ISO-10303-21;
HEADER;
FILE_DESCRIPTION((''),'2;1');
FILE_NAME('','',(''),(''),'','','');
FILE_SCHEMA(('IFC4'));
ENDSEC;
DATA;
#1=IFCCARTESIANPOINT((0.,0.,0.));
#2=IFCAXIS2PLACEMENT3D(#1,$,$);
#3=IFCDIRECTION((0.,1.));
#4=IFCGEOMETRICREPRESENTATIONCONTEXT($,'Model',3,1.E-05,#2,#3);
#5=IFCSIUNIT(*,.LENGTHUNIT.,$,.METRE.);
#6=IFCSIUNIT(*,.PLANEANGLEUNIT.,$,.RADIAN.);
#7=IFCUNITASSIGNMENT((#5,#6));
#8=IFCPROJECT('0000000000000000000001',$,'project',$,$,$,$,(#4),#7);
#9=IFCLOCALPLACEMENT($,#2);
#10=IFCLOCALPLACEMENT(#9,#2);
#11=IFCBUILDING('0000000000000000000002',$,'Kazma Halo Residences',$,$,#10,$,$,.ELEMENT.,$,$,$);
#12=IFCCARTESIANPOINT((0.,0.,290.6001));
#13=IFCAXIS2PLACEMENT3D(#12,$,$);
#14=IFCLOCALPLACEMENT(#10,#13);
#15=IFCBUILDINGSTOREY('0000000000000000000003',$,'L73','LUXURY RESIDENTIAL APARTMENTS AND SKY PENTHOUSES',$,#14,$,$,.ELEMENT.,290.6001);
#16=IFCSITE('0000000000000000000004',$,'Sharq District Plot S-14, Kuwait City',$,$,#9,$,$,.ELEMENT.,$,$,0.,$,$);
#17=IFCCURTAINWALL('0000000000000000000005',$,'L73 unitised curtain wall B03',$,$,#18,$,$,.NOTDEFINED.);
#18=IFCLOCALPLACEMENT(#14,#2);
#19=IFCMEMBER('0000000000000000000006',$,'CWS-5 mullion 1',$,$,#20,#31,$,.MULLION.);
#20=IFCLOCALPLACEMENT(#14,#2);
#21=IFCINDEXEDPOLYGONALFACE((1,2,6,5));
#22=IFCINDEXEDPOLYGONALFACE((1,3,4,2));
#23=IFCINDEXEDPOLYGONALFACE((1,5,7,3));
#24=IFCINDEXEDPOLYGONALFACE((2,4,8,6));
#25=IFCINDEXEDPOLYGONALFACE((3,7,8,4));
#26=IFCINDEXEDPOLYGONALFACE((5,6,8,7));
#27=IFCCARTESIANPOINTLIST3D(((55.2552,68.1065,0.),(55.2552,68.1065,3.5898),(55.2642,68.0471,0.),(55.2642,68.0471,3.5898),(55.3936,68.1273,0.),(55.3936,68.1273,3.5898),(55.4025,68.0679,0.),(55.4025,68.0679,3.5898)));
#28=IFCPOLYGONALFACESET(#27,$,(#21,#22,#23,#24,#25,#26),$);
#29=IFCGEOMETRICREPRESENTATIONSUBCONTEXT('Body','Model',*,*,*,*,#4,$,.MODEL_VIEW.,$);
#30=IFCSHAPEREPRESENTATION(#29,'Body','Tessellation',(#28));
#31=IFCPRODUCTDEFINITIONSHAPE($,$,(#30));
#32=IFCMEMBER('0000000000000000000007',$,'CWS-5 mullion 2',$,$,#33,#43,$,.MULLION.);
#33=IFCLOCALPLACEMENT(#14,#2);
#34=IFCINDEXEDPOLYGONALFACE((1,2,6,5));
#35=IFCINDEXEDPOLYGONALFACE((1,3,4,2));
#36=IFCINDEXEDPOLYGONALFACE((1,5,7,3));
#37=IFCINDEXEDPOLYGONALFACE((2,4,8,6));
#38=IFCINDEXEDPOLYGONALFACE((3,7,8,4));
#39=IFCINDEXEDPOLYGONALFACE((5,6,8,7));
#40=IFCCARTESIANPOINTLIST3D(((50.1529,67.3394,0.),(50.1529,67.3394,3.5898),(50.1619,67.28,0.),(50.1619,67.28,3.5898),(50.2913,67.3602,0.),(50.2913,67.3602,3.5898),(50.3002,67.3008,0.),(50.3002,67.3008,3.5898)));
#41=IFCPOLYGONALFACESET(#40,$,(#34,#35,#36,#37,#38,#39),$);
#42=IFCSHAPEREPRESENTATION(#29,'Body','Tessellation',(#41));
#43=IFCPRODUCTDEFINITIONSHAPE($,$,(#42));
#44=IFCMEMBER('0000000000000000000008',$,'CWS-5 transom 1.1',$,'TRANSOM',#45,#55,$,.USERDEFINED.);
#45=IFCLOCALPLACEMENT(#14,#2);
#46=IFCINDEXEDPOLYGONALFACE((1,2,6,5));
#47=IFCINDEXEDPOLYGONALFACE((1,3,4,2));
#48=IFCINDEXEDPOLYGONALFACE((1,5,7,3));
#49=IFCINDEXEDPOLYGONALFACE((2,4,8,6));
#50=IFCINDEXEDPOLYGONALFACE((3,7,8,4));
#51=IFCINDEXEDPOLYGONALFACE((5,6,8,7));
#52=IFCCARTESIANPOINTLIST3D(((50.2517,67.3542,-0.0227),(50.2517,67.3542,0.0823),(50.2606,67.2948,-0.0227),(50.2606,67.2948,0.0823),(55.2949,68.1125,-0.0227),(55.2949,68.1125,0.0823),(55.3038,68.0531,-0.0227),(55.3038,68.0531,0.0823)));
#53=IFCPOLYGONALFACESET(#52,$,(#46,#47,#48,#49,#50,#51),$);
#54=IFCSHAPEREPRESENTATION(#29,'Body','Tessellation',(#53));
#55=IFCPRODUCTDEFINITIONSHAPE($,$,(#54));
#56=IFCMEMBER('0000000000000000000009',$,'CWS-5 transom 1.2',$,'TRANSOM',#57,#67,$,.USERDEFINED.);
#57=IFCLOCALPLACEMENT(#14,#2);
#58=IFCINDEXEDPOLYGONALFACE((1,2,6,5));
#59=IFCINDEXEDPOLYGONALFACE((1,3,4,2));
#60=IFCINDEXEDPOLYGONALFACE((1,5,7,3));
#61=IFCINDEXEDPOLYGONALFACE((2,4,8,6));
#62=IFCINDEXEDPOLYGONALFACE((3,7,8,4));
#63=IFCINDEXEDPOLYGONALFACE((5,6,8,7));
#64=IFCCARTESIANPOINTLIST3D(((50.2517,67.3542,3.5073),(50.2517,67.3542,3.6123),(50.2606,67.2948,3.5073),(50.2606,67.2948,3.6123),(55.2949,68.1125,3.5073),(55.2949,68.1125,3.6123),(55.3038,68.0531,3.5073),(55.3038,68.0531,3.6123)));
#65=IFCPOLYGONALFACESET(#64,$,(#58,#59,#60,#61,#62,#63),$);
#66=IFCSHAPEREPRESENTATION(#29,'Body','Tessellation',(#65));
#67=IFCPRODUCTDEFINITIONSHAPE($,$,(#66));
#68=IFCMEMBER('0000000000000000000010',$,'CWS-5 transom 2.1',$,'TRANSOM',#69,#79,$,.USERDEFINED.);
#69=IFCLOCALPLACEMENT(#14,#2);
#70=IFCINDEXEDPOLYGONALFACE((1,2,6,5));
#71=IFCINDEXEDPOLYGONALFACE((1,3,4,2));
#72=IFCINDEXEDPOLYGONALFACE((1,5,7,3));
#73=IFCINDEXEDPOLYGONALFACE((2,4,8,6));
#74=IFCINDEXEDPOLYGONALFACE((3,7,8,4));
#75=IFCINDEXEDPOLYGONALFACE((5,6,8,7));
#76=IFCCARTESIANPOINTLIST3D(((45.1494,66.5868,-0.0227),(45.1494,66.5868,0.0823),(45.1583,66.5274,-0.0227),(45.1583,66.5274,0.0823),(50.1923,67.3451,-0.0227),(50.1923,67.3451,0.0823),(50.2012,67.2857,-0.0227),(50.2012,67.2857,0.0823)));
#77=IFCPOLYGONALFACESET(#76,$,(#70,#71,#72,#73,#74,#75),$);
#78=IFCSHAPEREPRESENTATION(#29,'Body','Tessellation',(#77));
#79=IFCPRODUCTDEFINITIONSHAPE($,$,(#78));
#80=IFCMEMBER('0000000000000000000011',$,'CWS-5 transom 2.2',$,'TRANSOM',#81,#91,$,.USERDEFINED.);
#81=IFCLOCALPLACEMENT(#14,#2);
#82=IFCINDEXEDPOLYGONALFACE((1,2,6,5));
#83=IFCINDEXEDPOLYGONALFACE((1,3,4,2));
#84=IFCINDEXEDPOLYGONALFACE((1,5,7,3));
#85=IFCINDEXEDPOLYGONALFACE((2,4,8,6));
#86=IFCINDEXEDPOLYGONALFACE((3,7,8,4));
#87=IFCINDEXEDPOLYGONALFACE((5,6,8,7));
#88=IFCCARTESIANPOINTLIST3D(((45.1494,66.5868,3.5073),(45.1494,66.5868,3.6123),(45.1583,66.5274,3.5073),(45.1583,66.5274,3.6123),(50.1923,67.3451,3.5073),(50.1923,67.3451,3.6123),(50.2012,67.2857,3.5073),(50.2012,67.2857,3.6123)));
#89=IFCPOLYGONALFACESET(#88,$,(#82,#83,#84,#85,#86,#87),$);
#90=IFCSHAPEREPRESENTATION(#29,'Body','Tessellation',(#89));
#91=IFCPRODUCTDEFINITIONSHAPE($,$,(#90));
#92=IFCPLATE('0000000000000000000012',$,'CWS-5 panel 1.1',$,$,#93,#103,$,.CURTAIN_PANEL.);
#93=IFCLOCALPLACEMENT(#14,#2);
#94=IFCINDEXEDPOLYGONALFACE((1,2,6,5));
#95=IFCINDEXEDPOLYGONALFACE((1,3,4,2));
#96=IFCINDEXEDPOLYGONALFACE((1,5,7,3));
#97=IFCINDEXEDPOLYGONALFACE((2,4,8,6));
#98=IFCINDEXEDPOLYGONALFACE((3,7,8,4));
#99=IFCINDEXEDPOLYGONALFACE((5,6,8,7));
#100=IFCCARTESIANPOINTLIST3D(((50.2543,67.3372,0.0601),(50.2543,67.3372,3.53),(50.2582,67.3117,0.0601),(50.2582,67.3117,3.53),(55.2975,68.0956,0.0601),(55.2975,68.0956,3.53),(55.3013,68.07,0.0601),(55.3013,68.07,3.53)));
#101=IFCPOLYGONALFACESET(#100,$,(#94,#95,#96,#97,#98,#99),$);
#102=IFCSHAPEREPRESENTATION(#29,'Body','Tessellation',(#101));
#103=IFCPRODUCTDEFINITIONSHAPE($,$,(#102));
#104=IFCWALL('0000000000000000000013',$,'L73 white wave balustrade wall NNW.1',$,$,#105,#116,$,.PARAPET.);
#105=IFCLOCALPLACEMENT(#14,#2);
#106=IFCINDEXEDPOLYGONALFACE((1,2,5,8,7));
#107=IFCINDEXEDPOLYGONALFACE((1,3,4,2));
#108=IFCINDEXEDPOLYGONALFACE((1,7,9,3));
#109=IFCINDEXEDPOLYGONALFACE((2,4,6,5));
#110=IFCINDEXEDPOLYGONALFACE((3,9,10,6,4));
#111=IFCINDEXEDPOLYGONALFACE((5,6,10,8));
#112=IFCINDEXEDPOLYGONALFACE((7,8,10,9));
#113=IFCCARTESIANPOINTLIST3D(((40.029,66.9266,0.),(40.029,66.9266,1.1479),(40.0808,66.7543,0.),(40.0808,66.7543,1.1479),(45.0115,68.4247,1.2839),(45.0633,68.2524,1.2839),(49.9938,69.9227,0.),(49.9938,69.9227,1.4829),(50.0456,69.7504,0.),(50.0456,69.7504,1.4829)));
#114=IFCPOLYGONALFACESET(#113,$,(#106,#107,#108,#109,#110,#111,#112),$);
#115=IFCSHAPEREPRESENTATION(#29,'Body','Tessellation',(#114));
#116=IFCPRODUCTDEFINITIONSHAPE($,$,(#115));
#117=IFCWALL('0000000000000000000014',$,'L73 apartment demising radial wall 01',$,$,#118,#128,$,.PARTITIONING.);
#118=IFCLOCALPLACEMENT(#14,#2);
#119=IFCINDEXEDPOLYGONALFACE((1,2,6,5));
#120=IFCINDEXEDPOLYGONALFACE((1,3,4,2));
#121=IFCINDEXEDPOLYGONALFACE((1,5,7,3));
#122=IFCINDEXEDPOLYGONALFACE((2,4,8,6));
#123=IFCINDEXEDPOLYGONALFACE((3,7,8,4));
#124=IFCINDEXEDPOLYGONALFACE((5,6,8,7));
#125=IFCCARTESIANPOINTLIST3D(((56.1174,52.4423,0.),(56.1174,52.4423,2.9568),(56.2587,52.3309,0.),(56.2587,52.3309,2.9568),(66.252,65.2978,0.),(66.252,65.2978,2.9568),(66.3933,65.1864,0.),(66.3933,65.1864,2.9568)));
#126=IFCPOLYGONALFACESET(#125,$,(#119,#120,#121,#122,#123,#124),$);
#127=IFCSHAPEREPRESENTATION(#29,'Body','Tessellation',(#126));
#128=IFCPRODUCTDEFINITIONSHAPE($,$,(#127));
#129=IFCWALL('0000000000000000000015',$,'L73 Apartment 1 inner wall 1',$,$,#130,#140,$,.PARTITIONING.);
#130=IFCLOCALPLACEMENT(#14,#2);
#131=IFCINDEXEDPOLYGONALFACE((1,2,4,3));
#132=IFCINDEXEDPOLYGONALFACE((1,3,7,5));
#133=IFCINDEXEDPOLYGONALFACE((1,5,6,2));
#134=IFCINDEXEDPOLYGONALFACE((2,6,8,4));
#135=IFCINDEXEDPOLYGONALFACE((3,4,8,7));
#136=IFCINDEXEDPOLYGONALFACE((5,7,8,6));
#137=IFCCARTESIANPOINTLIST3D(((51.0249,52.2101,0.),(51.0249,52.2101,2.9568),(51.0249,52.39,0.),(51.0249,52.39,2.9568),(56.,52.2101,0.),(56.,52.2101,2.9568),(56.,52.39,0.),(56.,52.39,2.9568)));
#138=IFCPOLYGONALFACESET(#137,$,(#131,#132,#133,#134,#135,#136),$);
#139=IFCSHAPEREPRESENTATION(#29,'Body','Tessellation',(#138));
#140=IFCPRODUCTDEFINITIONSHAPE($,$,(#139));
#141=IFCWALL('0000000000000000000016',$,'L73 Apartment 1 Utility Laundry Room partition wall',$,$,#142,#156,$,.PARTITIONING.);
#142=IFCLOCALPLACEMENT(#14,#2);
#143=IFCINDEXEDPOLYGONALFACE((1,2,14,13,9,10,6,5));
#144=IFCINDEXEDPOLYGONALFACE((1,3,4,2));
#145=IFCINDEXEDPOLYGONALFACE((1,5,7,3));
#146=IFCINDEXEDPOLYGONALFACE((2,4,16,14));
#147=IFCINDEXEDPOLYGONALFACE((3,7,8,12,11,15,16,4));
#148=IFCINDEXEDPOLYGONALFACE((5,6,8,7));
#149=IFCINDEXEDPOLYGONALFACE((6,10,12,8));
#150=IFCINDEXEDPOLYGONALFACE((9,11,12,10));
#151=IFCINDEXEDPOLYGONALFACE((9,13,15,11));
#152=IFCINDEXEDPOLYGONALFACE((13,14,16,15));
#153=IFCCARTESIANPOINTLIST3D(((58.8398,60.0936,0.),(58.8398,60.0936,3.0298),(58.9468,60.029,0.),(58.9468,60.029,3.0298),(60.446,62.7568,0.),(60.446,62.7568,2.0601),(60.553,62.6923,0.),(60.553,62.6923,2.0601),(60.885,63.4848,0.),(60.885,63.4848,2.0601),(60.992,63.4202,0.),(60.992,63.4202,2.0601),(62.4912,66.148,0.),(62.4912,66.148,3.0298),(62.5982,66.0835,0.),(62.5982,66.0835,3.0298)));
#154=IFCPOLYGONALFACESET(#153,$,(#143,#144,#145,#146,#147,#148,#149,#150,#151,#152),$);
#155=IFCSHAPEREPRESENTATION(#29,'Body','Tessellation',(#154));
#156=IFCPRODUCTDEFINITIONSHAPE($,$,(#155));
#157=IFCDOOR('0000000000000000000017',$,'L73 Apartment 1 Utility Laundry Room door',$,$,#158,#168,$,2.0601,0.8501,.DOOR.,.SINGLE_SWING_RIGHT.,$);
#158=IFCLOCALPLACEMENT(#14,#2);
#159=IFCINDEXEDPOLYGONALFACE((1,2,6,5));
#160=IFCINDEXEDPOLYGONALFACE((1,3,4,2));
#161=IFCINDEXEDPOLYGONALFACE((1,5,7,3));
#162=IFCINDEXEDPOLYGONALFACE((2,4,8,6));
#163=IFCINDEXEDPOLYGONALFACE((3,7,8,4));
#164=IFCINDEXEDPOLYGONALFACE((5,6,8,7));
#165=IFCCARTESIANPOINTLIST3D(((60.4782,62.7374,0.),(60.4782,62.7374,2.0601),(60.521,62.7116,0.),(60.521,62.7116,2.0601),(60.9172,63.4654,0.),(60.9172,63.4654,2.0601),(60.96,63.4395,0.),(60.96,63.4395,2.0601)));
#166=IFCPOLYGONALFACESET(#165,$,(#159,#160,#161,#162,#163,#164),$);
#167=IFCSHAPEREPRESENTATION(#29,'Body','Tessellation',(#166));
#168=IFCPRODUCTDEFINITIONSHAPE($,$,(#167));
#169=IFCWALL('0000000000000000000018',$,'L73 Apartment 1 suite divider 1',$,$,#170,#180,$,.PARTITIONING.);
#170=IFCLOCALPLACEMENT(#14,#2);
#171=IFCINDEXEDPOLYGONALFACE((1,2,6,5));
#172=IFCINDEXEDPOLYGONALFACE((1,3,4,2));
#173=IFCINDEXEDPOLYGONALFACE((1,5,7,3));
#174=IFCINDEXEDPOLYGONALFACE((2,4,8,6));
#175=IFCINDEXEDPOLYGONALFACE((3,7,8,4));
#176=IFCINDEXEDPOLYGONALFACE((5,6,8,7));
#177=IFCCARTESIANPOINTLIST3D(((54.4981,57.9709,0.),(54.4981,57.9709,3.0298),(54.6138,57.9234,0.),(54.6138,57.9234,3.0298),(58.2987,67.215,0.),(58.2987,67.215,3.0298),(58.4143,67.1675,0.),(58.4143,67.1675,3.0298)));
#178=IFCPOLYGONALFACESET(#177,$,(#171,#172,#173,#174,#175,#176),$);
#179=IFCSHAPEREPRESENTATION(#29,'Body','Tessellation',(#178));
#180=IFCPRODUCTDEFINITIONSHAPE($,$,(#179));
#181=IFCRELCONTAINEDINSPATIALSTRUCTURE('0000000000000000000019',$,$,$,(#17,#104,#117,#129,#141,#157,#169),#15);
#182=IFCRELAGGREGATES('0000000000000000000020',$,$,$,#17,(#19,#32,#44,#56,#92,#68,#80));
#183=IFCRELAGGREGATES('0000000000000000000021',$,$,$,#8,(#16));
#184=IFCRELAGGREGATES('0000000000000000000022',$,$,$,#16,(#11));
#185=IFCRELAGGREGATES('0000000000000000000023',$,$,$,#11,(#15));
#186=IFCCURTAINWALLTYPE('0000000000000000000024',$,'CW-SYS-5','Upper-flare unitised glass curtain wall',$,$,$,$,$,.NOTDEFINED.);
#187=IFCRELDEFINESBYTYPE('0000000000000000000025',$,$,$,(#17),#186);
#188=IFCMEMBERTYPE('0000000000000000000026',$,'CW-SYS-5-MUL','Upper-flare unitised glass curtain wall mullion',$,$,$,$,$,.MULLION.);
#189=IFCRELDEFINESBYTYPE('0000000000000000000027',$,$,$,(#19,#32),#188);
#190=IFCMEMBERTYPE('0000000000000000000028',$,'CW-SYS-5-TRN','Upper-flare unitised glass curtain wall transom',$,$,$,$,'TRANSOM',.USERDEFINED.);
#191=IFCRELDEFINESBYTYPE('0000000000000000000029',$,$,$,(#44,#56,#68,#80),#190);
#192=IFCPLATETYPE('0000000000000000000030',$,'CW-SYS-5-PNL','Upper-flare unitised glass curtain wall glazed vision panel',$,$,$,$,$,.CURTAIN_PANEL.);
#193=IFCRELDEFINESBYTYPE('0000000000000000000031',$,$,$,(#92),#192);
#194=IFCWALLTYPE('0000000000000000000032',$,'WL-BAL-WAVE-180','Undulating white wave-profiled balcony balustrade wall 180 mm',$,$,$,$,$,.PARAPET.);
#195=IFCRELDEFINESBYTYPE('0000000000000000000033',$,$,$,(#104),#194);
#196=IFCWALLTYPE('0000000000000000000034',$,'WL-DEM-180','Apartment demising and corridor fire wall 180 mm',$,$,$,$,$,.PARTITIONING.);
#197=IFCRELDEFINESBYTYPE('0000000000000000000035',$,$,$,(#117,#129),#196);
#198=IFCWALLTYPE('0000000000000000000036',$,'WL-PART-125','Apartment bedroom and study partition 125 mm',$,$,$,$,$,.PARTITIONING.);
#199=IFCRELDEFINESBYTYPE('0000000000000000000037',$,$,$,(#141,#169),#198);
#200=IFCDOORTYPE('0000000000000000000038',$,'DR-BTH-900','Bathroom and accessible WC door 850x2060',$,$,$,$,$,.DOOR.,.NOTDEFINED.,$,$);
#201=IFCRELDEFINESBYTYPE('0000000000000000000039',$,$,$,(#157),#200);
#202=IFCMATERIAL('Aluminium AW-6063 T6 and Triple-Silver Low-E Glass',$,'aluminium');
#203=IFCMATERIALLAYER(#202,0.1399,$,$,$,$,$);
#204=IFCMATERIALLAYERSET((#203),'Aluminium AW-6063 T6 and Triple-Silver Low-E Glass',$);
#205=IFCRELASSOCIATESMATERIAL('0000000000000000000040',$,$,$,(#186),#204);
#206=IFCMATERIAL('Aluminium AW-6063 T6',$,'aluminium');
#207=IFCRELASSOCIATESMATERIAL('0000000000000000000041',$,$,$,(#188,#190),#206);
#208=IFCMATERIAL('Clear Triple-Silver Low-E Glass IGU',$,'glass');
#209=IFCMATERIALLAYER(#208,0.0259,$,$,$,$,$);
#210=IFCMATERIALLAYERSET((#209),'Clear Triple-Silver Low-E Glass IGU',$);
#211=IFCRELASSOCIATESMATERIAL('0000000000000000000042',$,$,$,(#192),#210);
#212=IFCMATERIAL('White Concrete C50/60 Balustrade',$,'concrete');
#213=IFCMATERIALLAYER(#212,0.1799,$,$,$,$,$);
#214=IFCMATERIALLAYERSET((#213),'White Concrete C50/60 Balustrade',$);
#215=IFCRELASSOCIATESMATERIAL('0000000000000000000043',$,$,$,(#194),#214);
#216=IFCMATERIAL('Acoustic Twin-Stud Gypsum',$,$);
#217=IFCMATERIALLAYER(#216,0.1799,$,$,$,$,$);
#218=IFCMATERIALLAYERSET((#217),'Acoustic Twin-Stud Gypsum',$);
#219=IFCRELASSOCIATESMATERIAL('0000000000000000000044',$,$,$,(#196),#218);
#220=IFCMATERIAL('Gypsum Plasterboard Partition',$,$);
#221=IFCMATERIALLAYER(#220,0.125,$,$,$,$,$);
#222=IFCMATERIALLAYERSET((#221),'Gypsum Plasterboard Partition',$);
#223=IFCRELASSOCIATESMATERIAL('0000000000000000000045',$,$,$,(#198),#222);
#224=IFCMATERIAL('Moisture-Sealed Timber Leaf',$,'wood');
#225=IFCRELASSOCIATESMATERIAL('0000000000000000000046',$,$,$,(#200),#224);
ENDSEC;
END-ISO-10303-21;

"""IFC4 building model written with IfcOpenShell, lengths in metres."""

from ifc_helpers import new_model, si_unit, direction, frame, frame_2d, origin, origin_2d, place, context, subcontext, project, spatial, polyline, rectangle, outline, extrude, material, layer, layer_set, material_profile, profile_set, type_object, element, fill, aggregate, save


model = new_model("IFC4")

# Units and contexts
model_context = context("Model", 3, precision=1e-05, world=origin(), true_north=direction((0.0, 1.0)))
body_context = subcontext(model_context, "Body", "Model", "MODEL_VIEW")
ifc_project = project(units=[si_unit("LENGTHUNIT", "METRE"), si_unit("PLANEANGLEUNIT", "RADIAN")], contexts=[model_context])

# Site, building, storey
site_placement = place(None, origin())
site = spatial("IfcSite", under=ifc_project, at=site_placement, Name="Sharq District Plot S-14, Kuwait City", CompositionType="ELEMENT", RefElevation=0.0)
building_placement = place(site_placement, origin())
building = spatial("IfcBuilding", under=site, at=building_placement, Name="Kazma Halo Residences", CompositionType="ELEMENT")
storey_placement = place(building_placement, frame((0.0, 0.0, 290.6001)))
storey = spatial("IfcBuildingStorey", under=building, at=storey_placement, Name="L73", Description="LUXURY RESIDENTIAL APARTMENTS AND SKY PENTHOUSES", CompositionType="ELEMENT", Elevation=290.6001)

# Curtain wall, members, plate
ifc_material_1 = material(Name="Aluminium AW-6063 T6 and Triple-Silver Low-E Glass", Category="aluminium")
ifc_layer_1 = layer(ifc_material_1, 0.1399)
ifc_layer_set_1 = layer_set([ifc_layer_1], Name="Aluminium AW-6063 T6 and Triple-Silver Low-E Glass")
curtain_wall_type = type_object("IfcCurtainWallType", Name="CW-SYS-5", Description="Upper-flare unitised glass curtain wall", PredefinedType="NOTDEFINED", material=ifc_layer_set_1)
curtain_wall_placement = place(storey_placement, origin())
curtain_wall = element("IfcCurtainWall", 1, at=curtain_wall_placement, inside=storey, type_object=curtain_wall_type, Name="L73 unitised curtain wall B03", PredefinedType="NOTDEFINED")
ifc_material_2 = material(Name="Aluminium AW-6063 T6", Category="aluminium")
ifc_material_profile_1 = material_profile(ifc_material_2, rectangle(XDim=0.0601, YDim=0.1399, at=origin_2d()), Name="CWM-60x140")
ifc_profile_set_1 = profile_set([ifc_material_profile_1], Name="Aluminium AW-6063 T6")
member_type_1 = type_object("IfcMemberType", Name="CW-SYS-5-MUL", Description="Upper-flare unitised glass curtain wall mullion", PredefinedType="MULLION", material=ifc_profile_set_1)
member_1_placement = place(storey_placement, frame((55.3289, 68.0872, 0.0), z_axis=(0.0, 0.0, 1.0), x_axis=(0.148697, -0.988883, 0.0)))
member_1 = element("IfcMember", 2, at=member_1_placement, type_object=member_type_1, Name="CWS-5 mullion 1", PredefinedType="MULLION", context=body_context, shape_type="SweptSolid", body=[
    extrude(rectangle(XDim=0.0601, YDim=0.1399, at=origin_2d()), origin(), (0.0, 0.0, 1.0), 3.5898),
])
member_2_placement = place(storey_placement, frame((50.2266, 67.3201, 0.0), z_axis=(0.0, 0.0, 1.0), x_axis=(0.148697, -0.988883, 0.0)))
member_2 = element("IfcMember", 3, at=member_2_placement, type_object=member_type_1, Name="CWS-5 mullion 2", PredefinedType="MULLION", context=body_context, shape_type="SweptSolid", body=[
    extrude(rectangle(XDim=0.0601, YDim=0.1399, at=origin_2d()), origin(), (0.0, 0.0, 1.0), 3.5898),
])
ifc_material_profile_2 = material_profile(ifc_material_2, rectangle(XDim=0.0601, YDim=0.105, at=origin_2d()), Name="CWT-60x105")
ifc_profile_set_2 = profile_set([ifc_material_profile_2], Name="Aluminium AW-6063 T6")
member_type_2 = type_object("IfcMemberType", Name="CW-SYS-5-TRN", Description="Upper-flare unitised glass curtain wall transom", ElementType="TRANSOM", PredefinedType="USERDEFINED", material=ifc_profile_set_2)
member_3_placement = place(storey_placement, frame((55.2993, 68.0828, 0.0298), z_axis=(-0.988884, -0.148689, 0.0), x_axis=(0.148689, -0.988884, 0.0)))
member_3 = element("IfcMember", 4, at=member_3_placement, type_object=member_type_2, Name="CWS-5 transom 1.1", ObjectType="TRANSOM", PredefinedType="USERDEFINED", context=body_context, shape_type="SweptSolid", body=[
    extrude(rectangle(XDim=0.0601, YDim=0.105, at=origin_2d()), origin(), (0.0, 0.0, 1.0), 5.0999),
])
member_4_placement = place(storey_placement, frame((55.2993, 68.0828, 3.5598), z_axis=(-0.988884, -0.148689, 0.0), x_axis=(0.148689, -0.988884, 0.0)))
member_4 = element("IfcMember", 5, at=member_4_placement, type_object=member_type_2, Name="CWS-5 transom 1.2", ObjectType="TRANSOM", PredefinedType="USERDEFINED", context=body_context, shape_type="SweptSolid", body=[
    extrude(rectangle(XDim=0.0601, YDim=0.105, at=origin_2d()), origin(), (0.0, 0.0, 1.0), 5.0999),
])
member_5_placement = place(storey_placement, frame((50.1968, 67.3154, 0.0298), z_axis=(-0.988883, -0.148696, 0.0), x_axis=(0.148696, -0.988883, 0.0)))
member_5 = element("IfcMember", 6, at=member_5_placement, type_object=member_type_2, Name="CWS-5 transom 2.1", ObjectType="TRANSOM", PredefinedType="USERDEFINED", context=body_context, shape_type="SweptSolid", body=[
    extrude(rectangle(XDim=0.0601, YDim=0.105, at=origin_2d()), origin(), (0.0, 0.0, 1.0), 5.0996),
])
member_6_placement = place(storey_placement, frame((50.1968, 67.3154, 3.5598), z_axis=(-0.988883, -0.148696, 0.0), x_axis=(0.148696, -0.988883, 0.0)))
member_6 = element("IfcMember", 7, at=member_6_placement, type_object=member_type_2, Name="CWS-5 transom 2.2", ObjectType="TRANSOM", PredefinedType="USERDEFINED", context=body_context, shape_type="SweptSolid", body=[
    extrude(rectangle(XDim=0.0601, YDim=0.105, at=origin_2d()), origin(), (0.0, 0.0, 1.0), 5.0996),
])
ifc_material_3 = material(Name="Clear Triple-Silver Low-E Glass IGU", Category="glass")
ifc_layer_2 = layer(ifc_material_3, 0.0259)
ifc_layer_set_2 = layer_set([ifc_layer_2], Name="Clear Triple-Silver Low-E Glass IGU")
plate_type = type_object("IfcPlateType", Name="CW-SYS-5-PNL", Description="Upper-flare unitised glass curtain wall glazed vision panel", PredefinedType="CURTAIN_PANEL", material=ifc_layer_set_2)
plate_placement = place(storey_placement, frame((52.7778, 67.7036, 0.0601), z_axis=(0.0, 0.0, 1.0), x_axis=(-0.988883, -0.148697, 0.0)))
plate = element("IfcPlate", 8, at=plate_placement, type_object=plate_type, Name="CWS-5 panel 1.1", PredefinedType="CURTAIN_PANEL", context=body_context, shape_type="SweptSolid", body=[
    extrude(rectangle(XDim=5.0999, YDim=0.0259, at=origin_2d()), origin(), (0.0, 0.0, 1.0), 3.47),
])
aggregate(curtain_wall, [member_1, member_2, member_3, member_4, plate, member_5, member_6])

# Walls
ifc_material_4 = material(Name="White Concrete C50/60 Balustrade", Category="concrete")
ifc_layer_3 = layer(ifc_material_4, 0.1799)
ifc_layer_set_3 = layer_set([ifc_layer_3], Name="White Concrete C50/60 Balustrade")
wall_type_1 = type_object("IfcWallType", Name="WL-BAL-WAVE-180", Description="Undulating white wave-profiled balcony balustrade wall 180 mm", PredefinedType="PARAPET", material=ifc_layer_set_3)
wall_1_placement = place(storey_placement, frame((50.0198, 69.8364, 0.0), z_axis=(0.0, 0.0, 1.0), x_axis=(-0.95765, -0.287933, 0.0)))
element("IfcWall", 9, at=wall_1_placement, inside=storey, type_object=wall_type_1, Name="L73 white wave balustrade wall NNW.1", PredefinedType="PARAPET", context=body_context, shape_type="SweptSolid", body=[
    extrude(outline(polyline([(0.0, 0.0), (10.4055, 0.0), (10.4055, 1.1479), (5.2026, 1.2839), (0.0, 1.4829), (0.0, 0.0)])), frame((0.0, 0.0898, 0.0), z_axis=(0.0, -1.0, 0.0), x_axis=(1.0, 0.0, 0.0)), (0.0, 0.0, 1.0), 0.1799),
])
ifc_material_5 = material(Name="Acoustic Twin-Stud Gypsum")
ifc_layer_4 = layer(ifc_material_5, 0.1799)
ifc_layer_set_4 = layer_set([ifc_layer_4], Name="Acoustic Twin-Stud Gypsum")
wall_type_2 = type_object("IfcWallType", Name="WL-DEM-180", Description="Apartment demising and corridor fire wall 180 mm", PredefinedType="PARTITIONING", material=ifc_layer_set_4)
wall_2_placement = place(storey_placement, frame((56.188, 52.3865, 0.0), z_axis=(0.0, 0.0, 1.0), x_axis=(0.619097, 0.785314, 0.0)))
element("IfcWall", 10, at=wall_2_placement, inside=storey, type_object=wall_type_2, Name="L73 apartment demising radial wall 01", PredefinedType="PARTITIONING", context=body_context, shape_type="SweptSolid", body=[
    extrude(rectangle(XDim=16.3699, YDim=0.1799, at=frame_2d((8.1851, 0.0))), origin(), (0.0, 0.0, 1.0), 2.9568),
])
wall_3_placement = place(storey_placement, frame((56.0, 52.3, 0.0), z_axis=(0.0, 0.0, 1.0), x_axis=(-1.0, 0.0, 0.0)))
element("IfcWall", 11, at=wall_3_placement, inside=storey, type_object=wall_type_2, Name="L73 Apartment 1 inner wall 1", PredefinedType="PARTITIONING", context=body_context, shape_type="SweptSolid", body=[
    extrude(rectangle(XDim=4.9751, YDim=0.1799, at=frame_2d((2.4875, 0.0))), origin(), (0.0, 0.0, 1.0), 2.9568),
])

# Wall, opening, door
ifc_material_6 = material(Name="Gypsum Plasterboard Partition")
ifc_layer_5 = layer(ifc_material_6, 0.125)
ifc_layer_set_5 = layer_set([ifc_layer_5], Name="Gypsum Plasterboard Partition")
wall_type_3 = type_object("IfcWallType", Name="WL-PART-125", Description="Apartment bedroom and study partition 125 mm", PredefinedType="PARTITIONING", material=ifc_layer_set_5)
wall_4_placement = place(storey_placement, frame((58.8933, 60.0613, 0.0), z_axis=(0.0, 0.0, 1.0), x_axis=(0.516439, 0.856324, 0.0)))
wall_4 = element("IfcWall", 12, at=wall_4_placement, inside=storey, type_object=wall_type_3, Name="L73 Apartment 1 Utility Laundry Room partition wall", PredefinedType="PARTITIONING", context=body_context, shape_type="SweptSolid", body=[
    extrude(rectangle(XDim=7.0703, YDim=0.125, at=frame_2d((3.5352, 0.0))), origin(), (0.0, 0.0, 1.0), 3.0298),
])
opening_1_placement = place(wall_4_placement, frame((3.1101, 0.0, 0.0)))
opening_1 = element("IfcOpeningElement", 13, at=opening_1_placement, cuts=wall_4, PredefinedType="OPENING", context=body_context, shape_type="SweptSolid", body=[
    extrude(rectangle(XDim=0.8501, YDim=2.0601, at=frame_2d((0.425, 1.03))), frame((0.0, 0.0725, 0.0), z_axis=(0.0, -1.0, 0.0), x_axis=(1.0, 0.0, 0.0)), (0.0, 0.0, 1.0), 0.145),
])
ifc_material_7 = material(Name="Moisture-Sealed Timber Leaf", Category="wood")
door_type_1 = type_object("IfcDoorType", Name="DR-BTH-900", Description="Bathroom and accessible WC door 850x2060", OperationType="NOTDEFINED", PredefinedType="DOOR", material=ifc_material_7)
door_1_placement = place(opening_1_placement, origin())
door_1 = element("IfcDoor", 14, at=door_1_placement, inside=storey, type_object=door_type_1, Name="L73 Apartment 1 Utility Laundry Room door", OperationType="SINGLE_SWING_RIGHT", OverallHeight=2.0601, OverallWidth=0.8501, PredefinedType="DOOR", context=body_context, shape_type="SweptSolid", body=[
    extrude(rectangle(XDim=0.8501, YDim=2.0601, at=frame_2d((0.425, 1.03))), frame((0.0, 0.0249, 0.0), z_axis=(0.0, -1.0, 0.0), x_axis=(1.0, 0.0, 0.0)), (0.0, 0.0, 1.0), 0.05),
])
fill(opening_1, door_1)

# Wall
wall_5_placement = place(storey_placement, frame((54.5559, 57.947, 0.0), z_axis=(0.0, 0.0, 1.0), x_axis=(0.380247, 0.924885, 0.0)))
element("IfcWall", 15, at=wall_5_placement, inside=storey, type_object=wall_type_3, Name="L73 Apartment 1 suite divider 1", PredefinedType="PARTITIONING", context=body_context, shape_type="SweptSolid", body=[
    extrude(rectangle(XDim=9.9949, YDim=0.125, at=frame_2d((4.9976, 0.0))), origin(), (0.0, 0.0, 1.0), 3.0298),
])

save(model, "model.ifc")
